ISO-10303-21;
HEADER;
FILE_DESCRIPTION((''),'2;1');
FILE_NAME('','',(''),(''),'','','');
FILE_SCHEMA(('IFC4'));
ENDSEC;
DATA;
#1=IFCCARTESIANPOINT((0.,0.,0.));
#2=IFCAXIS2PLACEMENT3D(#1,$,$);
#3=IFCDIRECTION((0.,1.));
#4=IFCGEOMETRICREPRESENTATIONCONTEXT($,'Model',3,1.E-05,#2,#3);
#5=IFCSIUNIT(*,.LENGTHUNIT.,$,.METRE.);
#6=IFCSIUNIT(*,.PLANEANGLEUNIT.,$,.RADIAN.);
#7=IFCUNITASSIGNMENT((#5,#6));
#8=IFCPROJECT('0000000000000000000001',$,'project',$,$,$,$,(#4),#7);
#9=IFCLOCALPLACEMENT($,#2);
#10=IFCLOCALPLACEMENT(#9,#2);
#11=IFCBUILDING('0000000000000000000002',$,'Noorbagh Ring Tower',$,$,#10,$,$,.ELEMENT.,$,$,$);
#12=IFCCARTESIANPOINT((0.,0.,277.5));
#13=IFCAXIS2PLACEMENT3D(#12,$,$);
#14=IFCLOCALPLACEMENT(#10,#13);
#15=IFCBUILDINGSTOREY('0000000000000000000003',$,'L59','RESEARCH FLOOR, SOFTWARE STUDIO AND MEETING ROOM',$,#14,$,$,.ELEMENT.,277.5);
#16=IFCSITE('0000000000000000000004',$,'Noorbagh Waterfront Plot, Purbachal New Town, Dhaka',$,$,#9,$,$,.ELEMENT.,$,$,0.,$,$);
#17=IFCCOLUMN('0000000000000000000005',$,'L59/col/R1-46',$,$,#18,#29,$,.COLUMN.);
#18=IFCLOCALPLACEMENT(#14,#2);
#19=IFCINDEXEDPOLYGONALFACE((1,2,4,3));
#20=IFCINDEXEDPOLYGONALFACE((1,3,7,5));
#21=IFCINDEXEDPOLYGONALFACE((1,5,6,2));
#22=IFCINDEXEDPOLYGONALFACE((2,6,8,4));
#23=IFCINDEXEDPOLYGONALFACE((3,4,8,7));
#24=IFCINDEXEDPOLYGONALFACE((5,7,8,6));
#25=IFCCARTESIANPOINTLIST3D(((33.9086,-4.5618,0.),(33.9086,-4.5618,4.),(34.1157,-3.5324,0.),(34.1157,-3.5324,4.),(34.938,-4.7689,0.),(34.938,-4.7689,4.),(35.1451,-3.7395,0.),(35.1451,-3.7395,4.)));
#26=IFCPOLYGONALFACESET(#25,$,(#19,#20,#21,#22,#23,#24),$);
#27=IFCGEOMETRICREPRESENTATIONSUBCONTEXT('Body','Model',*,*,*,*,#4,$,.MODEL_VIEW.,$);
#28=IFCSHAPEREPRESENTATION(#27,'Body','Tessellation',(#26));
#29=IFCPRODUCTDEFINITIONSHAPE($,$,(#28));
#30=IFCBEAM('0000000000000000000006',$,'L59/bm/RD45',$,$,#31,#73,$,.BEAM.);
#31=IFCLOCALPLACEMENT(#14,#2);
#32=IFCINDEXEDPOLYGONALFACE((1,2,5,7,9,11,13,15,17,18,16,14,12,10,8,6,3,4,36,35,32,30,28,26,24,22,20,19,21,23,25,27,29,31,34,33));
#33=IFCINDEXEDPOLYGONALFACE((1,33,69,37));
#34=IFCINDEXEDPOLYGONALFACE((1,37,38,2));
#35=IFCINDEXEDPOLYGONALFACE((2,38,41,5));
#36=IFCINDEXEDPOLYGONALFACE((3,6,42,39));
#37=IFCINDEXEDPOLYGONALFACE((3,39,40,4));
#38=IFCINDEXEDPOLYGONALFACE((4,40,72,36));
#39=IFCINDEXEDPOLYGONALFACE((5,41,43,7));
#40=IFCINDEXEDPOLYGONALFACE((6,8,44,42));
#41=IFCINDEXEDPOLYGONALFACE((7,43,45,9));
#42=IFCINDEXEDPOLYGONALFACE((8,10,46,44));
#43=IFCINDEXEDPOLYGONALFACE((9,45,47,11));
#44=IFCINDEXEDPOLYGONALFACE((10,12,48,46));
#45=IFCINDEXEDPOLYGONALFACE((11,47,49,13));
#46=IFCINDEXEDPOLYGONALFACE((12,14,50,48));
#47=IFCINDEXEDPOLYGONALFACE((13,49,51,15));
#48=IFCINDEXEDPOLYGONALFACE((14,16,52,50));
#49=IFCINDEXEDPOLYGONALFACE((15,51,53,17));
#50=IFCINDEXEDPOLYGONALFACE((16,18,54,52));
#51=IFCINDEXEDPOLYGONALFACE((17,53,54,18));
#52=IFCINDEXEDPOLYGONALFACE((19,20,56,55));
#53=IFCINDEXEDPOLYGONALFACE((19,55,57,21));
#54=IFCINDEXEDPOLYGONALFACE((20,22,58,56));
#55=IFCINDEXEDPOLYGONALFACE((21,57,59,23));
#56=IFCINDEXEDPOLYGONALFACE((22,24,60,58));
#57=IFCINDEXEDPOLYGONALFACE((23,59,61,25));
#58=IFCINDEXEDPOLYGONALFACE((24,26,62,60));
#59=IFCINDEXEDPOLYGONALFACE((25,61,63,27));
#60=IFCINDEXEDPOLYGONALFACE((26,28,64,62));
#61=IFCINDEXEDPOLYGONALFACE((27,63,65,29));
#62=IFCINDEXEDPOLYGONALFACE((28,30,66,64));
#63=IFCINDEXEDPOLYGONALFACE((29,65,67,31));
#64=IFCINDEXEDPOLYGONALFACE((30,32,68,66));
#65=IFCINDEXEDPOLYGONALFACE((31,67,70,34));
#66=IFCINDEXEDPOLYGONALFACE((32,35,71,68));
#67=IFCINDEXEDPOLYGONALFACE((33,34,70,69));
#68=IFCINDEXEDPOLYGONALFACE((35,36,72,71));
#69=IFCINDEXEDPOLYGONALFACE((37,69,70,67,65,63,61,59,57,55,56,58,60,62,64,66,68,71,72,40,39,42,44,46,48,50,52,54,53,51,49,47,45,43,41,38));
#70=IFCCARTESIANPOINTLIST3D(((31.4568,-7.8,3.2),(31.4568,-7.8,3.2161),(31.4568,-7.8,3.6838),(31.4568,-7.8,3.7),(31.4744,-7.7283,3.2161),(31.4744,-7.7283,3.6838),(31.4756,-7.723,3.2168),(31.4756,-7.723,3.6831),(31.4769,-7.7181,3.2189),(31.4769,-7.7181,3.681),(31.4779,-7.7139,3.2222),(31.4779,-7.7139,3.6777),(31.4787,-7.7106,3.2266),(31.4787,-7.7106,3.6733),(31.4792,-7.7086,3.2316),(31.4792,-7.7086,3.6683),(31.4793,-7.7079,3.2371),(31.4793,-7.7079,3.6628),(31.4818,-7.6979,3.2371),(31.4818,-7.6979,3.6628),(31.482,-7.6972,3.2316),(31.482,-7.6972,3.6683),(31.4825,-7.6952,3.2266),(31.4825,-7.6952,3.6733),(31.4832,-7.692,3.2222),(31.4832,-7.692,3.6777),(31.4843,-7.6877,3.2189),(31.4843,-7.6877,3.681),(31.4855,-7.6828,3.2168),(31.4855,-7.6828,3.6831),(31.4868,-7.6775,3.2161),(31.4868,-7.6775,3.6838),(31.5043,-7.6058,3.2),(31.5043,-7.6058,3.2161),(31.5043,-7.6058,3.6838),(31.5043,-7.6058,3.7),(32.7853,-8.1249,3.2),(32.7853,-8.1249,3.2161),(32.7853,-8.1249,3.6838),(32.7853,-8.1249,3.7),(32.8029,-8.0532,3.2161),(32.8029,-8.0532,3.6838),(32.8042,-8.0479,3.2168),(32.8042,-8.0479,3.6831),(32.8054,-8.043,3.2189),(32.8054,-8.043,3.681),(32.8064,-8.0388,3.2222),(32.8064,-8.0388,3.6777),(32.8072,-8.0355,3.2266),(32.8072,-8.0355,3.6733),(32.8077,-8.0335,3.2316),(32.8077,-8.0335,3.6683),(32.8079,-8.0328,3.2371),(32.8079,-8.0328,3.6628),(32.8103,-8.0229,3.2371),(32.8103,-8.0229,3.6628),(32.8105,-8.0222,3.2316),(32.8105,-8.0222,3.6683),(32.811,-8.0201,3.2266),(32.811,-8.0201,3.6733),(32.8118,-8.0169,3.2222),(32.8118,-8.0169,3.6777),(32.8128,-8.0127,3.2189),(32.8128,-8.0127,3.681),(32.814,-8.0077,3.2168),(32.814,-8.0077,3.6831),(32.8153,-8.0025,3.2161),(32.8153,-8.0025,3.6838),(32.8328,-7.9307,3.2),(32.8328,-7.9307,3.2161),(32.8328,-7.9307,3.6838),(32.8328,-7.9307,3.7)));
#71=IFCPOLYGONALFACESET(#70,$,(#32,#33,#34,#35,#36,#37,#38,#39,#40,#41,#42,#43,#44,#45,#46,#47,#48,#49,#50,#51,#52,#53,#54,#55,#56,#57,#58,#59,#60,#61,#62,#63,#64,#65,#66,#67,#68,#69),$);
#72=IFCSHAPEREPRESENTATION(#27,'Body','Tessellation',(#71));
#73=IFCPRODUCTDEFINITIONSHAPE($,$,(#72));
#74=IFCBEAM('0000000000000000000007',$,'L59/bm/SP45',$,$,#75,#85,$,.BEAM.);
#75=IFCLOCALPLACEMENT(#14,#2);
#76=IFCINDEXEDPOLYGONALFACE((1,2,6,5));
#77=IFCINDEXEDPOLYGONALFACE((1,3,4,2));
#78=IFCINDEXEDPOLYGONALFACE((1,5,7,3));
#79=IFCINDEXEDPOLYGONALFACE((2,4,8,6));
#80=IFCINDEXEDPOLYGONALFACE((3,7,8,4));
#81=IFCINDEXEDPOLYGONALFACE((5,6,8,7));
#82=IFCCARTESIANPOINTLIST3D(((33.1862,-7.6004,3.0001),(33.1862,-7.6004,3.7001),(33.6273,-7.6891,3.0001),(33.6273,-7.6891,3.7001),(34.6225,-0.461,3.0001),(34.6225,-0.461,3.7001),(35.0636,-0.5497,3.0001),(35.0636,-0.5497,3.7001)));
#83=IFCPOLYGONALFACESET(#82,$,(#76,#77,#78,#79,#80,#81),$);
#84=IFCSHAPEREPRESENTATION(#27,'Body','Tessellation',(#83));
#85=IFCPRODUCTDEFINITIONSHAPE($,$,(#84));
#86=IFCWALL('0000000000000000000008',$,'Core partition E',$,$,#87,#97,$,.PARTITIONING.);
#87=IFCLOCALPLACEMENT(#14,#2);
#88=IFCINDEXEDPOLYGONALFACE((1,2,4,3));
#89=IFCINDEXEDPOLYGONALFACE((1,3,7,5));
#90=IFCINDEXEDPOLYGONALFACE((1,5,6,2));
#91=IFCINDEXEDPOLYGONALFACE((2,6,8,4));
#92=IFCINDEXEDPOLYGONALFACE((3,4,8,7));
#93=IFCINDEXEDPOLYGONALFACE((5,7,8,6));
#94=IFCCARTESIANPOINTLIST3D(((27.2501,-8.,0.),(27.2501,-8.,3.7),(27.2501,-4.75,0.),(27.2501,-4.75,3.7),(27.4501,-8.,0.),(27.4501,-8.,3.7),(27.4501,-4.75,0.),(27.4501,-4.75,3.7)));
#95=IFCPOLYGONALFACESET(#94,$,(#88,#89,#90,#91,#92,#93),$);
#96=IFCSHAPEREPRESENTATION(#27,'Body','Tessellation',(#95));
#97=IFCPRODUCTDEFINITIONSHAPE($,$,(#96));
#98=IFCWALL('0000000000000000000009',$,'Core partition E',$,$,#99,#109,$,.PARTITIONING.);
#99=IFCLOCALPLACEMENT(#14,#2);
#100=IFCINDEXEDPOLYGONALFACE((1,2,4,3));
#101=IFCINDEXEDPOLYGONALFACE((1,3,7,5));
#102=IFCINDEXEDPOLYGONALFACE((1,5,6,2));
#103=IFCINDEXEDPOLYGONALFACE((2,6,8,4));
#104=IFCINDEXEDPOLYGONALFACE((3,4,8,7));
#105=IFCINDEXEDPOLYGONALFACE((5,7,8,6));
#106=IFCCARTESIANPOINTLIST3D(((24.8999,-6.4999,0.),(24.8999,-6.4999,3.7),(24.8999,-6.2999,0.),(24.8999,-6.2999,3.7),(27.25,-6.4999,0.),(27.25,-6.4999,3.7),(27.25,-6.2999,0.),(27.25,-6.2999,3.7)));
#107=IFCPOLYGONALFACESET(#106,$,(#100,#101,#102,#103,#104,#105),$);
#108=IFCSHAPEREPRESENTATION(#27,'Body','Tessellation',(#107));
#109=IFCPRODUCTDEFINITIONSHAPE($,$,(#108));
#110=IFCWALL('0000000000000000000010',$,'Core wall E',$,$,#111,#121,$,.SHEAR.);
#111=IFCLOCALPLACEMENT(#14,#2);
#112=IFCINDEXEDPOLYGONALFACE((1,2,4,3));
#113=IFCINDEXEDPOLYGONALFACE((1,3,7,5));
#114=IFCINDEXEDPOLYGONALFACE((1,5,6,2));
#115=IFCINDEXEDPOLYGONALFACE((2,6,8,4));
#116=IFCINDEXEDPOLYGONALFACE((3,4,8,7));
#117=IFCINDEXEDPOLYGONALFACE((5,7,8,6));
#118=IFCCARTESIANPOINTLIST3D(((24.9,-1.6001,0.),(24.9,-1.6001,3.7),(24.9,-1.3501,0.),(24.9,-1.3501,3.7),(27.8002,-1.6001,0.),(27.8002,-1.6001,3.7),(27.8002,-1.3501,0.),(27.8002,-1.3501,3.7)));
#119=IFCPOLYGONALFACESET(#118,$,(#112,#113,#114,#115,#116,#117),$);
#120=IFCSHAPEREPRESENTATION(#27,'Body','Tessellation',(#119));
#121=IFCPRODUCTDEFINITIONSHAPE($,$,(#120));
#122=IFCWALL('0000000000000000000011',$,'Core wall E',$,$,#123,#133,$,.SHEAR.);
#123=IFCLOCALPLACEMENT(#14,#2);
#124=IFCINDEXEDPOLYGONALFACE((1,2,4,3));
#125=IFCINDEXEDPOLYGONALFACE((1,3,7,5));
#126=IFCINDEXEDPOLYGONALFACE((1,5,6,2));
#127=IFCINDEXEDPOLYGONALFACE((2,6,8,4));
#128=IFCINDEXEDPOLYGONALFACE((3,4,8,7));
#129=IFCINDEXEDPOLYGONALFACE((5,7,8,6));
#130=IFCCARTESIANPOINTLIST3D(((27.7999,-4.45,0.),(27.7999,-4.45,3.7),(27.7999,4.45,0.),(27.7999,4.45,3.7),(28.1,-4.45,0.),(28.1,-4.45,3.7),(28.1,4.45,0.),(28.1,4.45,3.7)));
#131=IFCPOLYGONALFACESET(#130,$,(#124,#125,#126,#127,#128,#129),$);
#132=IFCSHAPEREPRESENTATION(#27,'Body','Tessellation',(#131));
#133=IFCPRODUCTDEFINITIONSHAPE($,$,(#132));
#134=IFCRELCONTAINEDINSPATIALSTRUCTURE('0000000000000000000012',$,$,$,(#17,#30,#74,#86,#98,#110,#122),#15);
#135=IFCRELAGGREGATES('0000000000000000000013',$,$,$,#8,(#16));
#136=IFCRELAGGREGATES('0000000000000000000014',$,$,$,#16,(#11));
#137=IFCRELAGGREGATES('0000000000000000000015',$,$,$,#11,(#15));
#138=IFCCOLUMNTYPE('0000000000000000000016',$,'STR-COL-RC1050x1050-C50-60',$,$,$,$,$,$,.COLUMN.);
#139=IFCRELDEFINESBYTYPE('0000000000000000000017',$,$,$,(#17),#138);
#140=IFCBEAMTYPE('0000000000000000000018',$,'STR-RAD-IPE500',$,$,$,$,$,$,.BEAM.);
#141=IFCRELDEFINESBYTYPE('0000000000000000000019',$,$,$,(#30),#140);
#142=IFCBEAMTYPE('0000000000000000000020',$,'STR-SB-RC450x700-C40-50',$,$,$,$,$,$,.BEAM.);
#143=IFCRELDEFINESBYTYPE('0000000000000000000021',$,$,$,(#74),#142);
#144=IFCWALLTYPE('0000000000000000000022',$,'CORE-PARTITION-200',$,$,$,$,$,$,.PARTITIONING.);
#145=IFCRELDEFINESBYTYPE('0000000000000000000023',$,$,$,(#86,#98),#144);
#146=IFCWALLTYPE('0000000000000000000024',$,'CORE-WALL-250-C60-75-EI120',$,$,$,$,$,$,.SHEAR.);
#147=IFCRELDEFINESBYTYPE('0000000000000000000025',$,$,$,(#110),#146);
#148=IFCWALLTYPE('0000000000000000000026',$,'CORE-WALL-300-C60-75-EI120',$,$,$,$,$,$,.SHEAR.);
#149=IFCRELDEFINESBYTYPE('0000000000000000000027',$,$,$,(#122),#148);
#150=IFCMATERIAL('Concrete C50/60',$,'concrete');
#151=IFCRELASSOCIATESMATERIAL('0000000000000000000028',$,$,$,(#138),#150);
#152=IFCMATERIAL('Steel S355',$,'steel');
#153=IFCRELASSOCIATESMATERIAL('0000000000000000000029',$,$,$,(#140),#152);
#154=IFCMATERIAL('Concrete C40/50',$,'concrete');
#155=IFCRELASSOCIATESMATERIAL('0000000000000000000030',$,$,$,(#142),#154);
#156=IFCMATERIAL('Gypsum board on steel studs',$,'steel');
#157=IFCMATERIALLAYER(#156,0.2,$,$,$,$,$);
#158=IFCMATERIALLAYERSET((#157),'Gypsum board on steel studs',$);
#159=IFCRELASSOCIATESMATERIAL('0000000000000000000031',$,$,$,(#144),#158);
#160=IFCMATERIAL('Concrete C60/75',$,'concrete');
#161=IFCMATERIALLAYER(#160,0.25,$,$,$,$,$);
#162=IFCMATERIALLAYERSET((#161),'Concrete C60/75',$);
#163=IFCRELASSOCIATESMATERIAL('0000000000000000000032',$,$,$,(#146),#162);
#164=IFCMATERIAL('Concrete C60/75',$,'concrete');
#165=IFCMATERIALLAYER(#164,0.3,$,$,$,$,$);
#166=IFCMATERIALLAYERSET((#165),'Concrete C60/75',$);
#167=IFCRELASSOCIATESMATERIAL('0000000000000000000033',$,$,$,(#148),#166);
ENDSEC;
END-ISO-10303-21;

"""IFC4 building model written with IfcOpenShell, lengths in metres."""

from ifc_helpers import new_model, si_unit, direction, frame, frame_2d, origin, origin_2d, place, context, subcontext, project, spatial, rectangle, i_section, extrude, material, layer, layer_set, material_profile, profile_set, type_object, element, save


model = new_model("IFC4")

# Units and contexts
model_context = context("Model", 3, precision=1e-05, world=origin(), true_north=direction((0.0, 1.0)))
body_context = subcontext(model_context, "Body", "Model", "MODEL_VIEW")
ifc_project = project(units=[si_unit("LENGTHUNIT", "METRE"), si_unit("PLANEANGLEUNIT", "RADIAN")], contexts=[model_context])

# Site, building, storey
site_placement = place(None, origin())
site = spatial("IfcSite", under=ifc_project, at=site_placement, Name="Noorbagh Waterfront Plot, Purbachal New Town, Dhaka", CompositionType="ELEMENT", RefElevation=0.0)
building_placement = place(site_placement, origin())
building = spatial("IfcBuilding", under=site, at=building_placement, Name="Noorbagh Ring Tower", CompositionType="ELEMENT")
storey_placement = place(building_placement, frame((0.0, 0.0, 277.5)))
storey = spatial("IfcBuildingStorey", under=building, at=storey_placement, Name="L59", Description="RESEARCH FLOOR, SOFTWARE STUDIO AND MEETING ROOM", CompositionType="ELEMENT", Elevation=277.5)

# Column
ifc_material_1 = material(Name="Concrete C50/60", Category="concrete")
ifc_material_profile_1 = material_profile(ifc_material_1, rectangle(XDim=1.05, YDim=1.05, at=origin_2d()), Name="RC1050x1050")
ifc_profile_set_1 = profile_set([ifc_material_profile_1], Name="Concrete C50/60")
column_type = type_object("IfcColumnType", Name="STR-COL-RC1050x1050-C50-60", PredefinedType="COLUMN", material=ifc_profile_set_1)
column_placement = place(storey_placement, frame((34.5269, -4.1506, 0.0), z_axis=(0.0, 0.0, 1.0), x_axis=(0.19723, 0.980357, 0.0)))
element("IfcColumn", 1, at=column_placement, inside=storey, type_object=column_type, Name="L59/col/R1-46", PredefinedType="COLUMN", context=body_context, shape_type="SweptSolid", body=[
    extrude(rectangle(XDim=1.05, YDim=1.05, at=origin_2d()), origin(), (0.0, 0.0, 1.0), 4.0),
])

# Beams
ifc_material_2 = material(Name="Steel S355", Category="steel")
ifc_material_profile_2 = material_profile(ifc_material_2, i_section(OverallWidth=0.2, OverallDepth=0.5, WebThickness=0.0103, FlangeThickness=0.0161, FilletRadius=0.021, at=origin_2d()), Name="IPE500")
ifc_profile_set_2 = profile_set([ifc_material_profile_2], Name="Steel S355")
beam_type_1 = type_object("IfcBeamType", Name="STR-RAD-IPE500", PredefinedType="BEAM", material=ifc_profile_set_2)
beam_1_placement = place(storey_placement, frame((32.8091, -8.0278, 3.45), z_axis=(-0.971369, 0.237577, 0.0), x_axis=(-0.237577, -0.971369, 0.0)))
element("IfcBeam", 2, at=beam_1_placement, inside=storey, type_object=beam_type_1, Name="L59/bm/RD45", PredefinedType="BEAM", context=body_context, shape_type="SweptSolid", body=[
    extrude(i_section(OverallWidth=0.2, OverallDepth=0.5, WebThickness=0.0103, FlangeThickness=0.0161, FilletRadius=0.021, at=origin_2d()), origin(), (0.0, 0.0, 1.0), 1.3677),
])
ifc_material_3 = material(Name="Concrete C40/50", Category="concrete")
ifc_material_profile_3 = material_profile(ifc_material_3, rectangle(XDim=0.45, YDim=0.7, at=origin_2d()), Name="RC450x700")
ifc_profile_set_3 = profile_set([ifc_material_profile_3], Name="Concrete C40/50")
beam_type_2 = type_object("IfcBeamType", Name="STR-SB-RC450x700-C40-50", PredefinedType="BEAM", material=ifc_profile_set_3)
beam_2_placement = place(storey_placement, frame((33.4067, -7.6448, 3.3501), z_axis=(0.197225, 0.980358, 0.0), x_axis=(-0.980358, 0.197225, 0.0)))
element("IfcBeam", 3, at=beam_2_placement, inside=storey, type_object=beam_type_2, Name="L59/bm/SP45", PredefinedType="BEAM", context=body_context, shape_type="SweptSolid", body=[
    extrude(rectangle(XDim=0.45, YDim=0.7, at=origin_2d()), origin(), (0.0, 0.0, 1.0), 7.2825),
])

# Walls
ifc_material_4 = material(Name="Gypsum board on steel studs", Category="steel")
ifc_layer_1 = layer(ifc_material_4, 0.2)
ifc_layer_set_1 = layer_set([ifc_layer_1], Name="Gypsum board on steel studs")
wall_type_1 = type_object("IfcWallType", Name="CORE-PARTITION-200", PredefinedType="PARTITIONING", material=ifc_layer_set_1)
wall_1_placement = place(storey_placement, frame((27.3501, -8.0, 0.0), z_axis=(0.0, 0.0, 1.0), x_axis=(0.0, 1.0, 0.0)))
element("IfcWall", 4, at=wall_1_placement, inside=storey, type_object=wall_type_1, Name="Core partition E", PredefinedType="PARTITIONING", context=body_context, shape_type="SweptSolid", body=[
    extrude(rectangle(XDim=3.25, YDim=0.2, at=frame_2d((1.625, 0.0))), origin(), (0.0, 0.0, 1.0), 3.7),
])
wall_2_placement = place(storey_placement, frame((24.8999, -6.3999, 0.0), z_axis=(0.0, 0.0, 1.0), x_axis=(1.0, 0.0, 0.0)))
element("IfcWall", 5, at=wall_2_placement, inside=storey, type_object=wall_type_1, Name="Core partition E", PredefinedType="PARTITIONING", context=body_context, shape_type="SweptSolid", body=[
    extrude(rectangle(XDim=2.3501, YDim=0.2, at=frame_2d((1.175, 0.0))), origin(), (0.0, 0.0, 1.0), 3.7),
])
ifc_material_5 = material(Name="Concrete C60/75", Category="concrete")
ifc_layer_2 = layer(ifc_material_5, 0.25)
ifc_layer_set_2 = layer_set([ifc_layer_2], Name="Concrete C60/75")
wall_type_2 = type_object("IfcWallType", Name="CORE-WALL-250-C60-75-EI120", PredefinedType="SHEAR", material=ifc_layer_set_2)
wall_3_placement = place(storey_placement, frame((24.8999, -1.4751, 0.0), z_axis=(0.0, 0.0, 1.0), x_axis=(1.0, 0.0, 0.0)))
element("IfcWall", 6, at=wall_3_placement, inside=storey, type_object=wall_type_2, Name="Core wall E", PredefinedType="SHEAR", context=body_context, shape_type="SweptSolid", body=[
    extrude(rectangle(XDim=2.9001, YDim=0.25, at=frame_2d((1.4502, 0.0))), origin(), (0.0, 0.0, 1.0), 3.7),
])
ifc_material_6 = material(Name="Concrete C60/75", Category="concrete")
ifc_layer_3 = layer(ifc_material_6, 0.3)
ifc_layer_set_3 = layer_set([ifc_layer_3], Name="Concrete C60/75")
wall_type_3 = type_object("IfcWallType", Name="CORE-WALL-300-C60-75-EI120", PredefinedType="SHEAR", material=ifc_layer_set_3)
wall_4_placement = place(storey_placement, frame((27.95, -4.45, 0.0), z_axis=(0.0, 0.0, 1.0), x_axis=(0.0, 1.0, 0.0)))
element("IfcWall", 7, at=wall_4_placement, inside=storey, type_object=wall_type_3, Name="Core wall E", PredefinedType="SHEAR", context=body_context, shape_type="SweptSolid", body=[
    extrude(rectangle(XDim=8.8999, YDim=0.3, at=frame_2d((4.45, 0.0))), origin(), (0.0, 0.0, 1.0), 3.7),
])

save(model, "model.ifc")
